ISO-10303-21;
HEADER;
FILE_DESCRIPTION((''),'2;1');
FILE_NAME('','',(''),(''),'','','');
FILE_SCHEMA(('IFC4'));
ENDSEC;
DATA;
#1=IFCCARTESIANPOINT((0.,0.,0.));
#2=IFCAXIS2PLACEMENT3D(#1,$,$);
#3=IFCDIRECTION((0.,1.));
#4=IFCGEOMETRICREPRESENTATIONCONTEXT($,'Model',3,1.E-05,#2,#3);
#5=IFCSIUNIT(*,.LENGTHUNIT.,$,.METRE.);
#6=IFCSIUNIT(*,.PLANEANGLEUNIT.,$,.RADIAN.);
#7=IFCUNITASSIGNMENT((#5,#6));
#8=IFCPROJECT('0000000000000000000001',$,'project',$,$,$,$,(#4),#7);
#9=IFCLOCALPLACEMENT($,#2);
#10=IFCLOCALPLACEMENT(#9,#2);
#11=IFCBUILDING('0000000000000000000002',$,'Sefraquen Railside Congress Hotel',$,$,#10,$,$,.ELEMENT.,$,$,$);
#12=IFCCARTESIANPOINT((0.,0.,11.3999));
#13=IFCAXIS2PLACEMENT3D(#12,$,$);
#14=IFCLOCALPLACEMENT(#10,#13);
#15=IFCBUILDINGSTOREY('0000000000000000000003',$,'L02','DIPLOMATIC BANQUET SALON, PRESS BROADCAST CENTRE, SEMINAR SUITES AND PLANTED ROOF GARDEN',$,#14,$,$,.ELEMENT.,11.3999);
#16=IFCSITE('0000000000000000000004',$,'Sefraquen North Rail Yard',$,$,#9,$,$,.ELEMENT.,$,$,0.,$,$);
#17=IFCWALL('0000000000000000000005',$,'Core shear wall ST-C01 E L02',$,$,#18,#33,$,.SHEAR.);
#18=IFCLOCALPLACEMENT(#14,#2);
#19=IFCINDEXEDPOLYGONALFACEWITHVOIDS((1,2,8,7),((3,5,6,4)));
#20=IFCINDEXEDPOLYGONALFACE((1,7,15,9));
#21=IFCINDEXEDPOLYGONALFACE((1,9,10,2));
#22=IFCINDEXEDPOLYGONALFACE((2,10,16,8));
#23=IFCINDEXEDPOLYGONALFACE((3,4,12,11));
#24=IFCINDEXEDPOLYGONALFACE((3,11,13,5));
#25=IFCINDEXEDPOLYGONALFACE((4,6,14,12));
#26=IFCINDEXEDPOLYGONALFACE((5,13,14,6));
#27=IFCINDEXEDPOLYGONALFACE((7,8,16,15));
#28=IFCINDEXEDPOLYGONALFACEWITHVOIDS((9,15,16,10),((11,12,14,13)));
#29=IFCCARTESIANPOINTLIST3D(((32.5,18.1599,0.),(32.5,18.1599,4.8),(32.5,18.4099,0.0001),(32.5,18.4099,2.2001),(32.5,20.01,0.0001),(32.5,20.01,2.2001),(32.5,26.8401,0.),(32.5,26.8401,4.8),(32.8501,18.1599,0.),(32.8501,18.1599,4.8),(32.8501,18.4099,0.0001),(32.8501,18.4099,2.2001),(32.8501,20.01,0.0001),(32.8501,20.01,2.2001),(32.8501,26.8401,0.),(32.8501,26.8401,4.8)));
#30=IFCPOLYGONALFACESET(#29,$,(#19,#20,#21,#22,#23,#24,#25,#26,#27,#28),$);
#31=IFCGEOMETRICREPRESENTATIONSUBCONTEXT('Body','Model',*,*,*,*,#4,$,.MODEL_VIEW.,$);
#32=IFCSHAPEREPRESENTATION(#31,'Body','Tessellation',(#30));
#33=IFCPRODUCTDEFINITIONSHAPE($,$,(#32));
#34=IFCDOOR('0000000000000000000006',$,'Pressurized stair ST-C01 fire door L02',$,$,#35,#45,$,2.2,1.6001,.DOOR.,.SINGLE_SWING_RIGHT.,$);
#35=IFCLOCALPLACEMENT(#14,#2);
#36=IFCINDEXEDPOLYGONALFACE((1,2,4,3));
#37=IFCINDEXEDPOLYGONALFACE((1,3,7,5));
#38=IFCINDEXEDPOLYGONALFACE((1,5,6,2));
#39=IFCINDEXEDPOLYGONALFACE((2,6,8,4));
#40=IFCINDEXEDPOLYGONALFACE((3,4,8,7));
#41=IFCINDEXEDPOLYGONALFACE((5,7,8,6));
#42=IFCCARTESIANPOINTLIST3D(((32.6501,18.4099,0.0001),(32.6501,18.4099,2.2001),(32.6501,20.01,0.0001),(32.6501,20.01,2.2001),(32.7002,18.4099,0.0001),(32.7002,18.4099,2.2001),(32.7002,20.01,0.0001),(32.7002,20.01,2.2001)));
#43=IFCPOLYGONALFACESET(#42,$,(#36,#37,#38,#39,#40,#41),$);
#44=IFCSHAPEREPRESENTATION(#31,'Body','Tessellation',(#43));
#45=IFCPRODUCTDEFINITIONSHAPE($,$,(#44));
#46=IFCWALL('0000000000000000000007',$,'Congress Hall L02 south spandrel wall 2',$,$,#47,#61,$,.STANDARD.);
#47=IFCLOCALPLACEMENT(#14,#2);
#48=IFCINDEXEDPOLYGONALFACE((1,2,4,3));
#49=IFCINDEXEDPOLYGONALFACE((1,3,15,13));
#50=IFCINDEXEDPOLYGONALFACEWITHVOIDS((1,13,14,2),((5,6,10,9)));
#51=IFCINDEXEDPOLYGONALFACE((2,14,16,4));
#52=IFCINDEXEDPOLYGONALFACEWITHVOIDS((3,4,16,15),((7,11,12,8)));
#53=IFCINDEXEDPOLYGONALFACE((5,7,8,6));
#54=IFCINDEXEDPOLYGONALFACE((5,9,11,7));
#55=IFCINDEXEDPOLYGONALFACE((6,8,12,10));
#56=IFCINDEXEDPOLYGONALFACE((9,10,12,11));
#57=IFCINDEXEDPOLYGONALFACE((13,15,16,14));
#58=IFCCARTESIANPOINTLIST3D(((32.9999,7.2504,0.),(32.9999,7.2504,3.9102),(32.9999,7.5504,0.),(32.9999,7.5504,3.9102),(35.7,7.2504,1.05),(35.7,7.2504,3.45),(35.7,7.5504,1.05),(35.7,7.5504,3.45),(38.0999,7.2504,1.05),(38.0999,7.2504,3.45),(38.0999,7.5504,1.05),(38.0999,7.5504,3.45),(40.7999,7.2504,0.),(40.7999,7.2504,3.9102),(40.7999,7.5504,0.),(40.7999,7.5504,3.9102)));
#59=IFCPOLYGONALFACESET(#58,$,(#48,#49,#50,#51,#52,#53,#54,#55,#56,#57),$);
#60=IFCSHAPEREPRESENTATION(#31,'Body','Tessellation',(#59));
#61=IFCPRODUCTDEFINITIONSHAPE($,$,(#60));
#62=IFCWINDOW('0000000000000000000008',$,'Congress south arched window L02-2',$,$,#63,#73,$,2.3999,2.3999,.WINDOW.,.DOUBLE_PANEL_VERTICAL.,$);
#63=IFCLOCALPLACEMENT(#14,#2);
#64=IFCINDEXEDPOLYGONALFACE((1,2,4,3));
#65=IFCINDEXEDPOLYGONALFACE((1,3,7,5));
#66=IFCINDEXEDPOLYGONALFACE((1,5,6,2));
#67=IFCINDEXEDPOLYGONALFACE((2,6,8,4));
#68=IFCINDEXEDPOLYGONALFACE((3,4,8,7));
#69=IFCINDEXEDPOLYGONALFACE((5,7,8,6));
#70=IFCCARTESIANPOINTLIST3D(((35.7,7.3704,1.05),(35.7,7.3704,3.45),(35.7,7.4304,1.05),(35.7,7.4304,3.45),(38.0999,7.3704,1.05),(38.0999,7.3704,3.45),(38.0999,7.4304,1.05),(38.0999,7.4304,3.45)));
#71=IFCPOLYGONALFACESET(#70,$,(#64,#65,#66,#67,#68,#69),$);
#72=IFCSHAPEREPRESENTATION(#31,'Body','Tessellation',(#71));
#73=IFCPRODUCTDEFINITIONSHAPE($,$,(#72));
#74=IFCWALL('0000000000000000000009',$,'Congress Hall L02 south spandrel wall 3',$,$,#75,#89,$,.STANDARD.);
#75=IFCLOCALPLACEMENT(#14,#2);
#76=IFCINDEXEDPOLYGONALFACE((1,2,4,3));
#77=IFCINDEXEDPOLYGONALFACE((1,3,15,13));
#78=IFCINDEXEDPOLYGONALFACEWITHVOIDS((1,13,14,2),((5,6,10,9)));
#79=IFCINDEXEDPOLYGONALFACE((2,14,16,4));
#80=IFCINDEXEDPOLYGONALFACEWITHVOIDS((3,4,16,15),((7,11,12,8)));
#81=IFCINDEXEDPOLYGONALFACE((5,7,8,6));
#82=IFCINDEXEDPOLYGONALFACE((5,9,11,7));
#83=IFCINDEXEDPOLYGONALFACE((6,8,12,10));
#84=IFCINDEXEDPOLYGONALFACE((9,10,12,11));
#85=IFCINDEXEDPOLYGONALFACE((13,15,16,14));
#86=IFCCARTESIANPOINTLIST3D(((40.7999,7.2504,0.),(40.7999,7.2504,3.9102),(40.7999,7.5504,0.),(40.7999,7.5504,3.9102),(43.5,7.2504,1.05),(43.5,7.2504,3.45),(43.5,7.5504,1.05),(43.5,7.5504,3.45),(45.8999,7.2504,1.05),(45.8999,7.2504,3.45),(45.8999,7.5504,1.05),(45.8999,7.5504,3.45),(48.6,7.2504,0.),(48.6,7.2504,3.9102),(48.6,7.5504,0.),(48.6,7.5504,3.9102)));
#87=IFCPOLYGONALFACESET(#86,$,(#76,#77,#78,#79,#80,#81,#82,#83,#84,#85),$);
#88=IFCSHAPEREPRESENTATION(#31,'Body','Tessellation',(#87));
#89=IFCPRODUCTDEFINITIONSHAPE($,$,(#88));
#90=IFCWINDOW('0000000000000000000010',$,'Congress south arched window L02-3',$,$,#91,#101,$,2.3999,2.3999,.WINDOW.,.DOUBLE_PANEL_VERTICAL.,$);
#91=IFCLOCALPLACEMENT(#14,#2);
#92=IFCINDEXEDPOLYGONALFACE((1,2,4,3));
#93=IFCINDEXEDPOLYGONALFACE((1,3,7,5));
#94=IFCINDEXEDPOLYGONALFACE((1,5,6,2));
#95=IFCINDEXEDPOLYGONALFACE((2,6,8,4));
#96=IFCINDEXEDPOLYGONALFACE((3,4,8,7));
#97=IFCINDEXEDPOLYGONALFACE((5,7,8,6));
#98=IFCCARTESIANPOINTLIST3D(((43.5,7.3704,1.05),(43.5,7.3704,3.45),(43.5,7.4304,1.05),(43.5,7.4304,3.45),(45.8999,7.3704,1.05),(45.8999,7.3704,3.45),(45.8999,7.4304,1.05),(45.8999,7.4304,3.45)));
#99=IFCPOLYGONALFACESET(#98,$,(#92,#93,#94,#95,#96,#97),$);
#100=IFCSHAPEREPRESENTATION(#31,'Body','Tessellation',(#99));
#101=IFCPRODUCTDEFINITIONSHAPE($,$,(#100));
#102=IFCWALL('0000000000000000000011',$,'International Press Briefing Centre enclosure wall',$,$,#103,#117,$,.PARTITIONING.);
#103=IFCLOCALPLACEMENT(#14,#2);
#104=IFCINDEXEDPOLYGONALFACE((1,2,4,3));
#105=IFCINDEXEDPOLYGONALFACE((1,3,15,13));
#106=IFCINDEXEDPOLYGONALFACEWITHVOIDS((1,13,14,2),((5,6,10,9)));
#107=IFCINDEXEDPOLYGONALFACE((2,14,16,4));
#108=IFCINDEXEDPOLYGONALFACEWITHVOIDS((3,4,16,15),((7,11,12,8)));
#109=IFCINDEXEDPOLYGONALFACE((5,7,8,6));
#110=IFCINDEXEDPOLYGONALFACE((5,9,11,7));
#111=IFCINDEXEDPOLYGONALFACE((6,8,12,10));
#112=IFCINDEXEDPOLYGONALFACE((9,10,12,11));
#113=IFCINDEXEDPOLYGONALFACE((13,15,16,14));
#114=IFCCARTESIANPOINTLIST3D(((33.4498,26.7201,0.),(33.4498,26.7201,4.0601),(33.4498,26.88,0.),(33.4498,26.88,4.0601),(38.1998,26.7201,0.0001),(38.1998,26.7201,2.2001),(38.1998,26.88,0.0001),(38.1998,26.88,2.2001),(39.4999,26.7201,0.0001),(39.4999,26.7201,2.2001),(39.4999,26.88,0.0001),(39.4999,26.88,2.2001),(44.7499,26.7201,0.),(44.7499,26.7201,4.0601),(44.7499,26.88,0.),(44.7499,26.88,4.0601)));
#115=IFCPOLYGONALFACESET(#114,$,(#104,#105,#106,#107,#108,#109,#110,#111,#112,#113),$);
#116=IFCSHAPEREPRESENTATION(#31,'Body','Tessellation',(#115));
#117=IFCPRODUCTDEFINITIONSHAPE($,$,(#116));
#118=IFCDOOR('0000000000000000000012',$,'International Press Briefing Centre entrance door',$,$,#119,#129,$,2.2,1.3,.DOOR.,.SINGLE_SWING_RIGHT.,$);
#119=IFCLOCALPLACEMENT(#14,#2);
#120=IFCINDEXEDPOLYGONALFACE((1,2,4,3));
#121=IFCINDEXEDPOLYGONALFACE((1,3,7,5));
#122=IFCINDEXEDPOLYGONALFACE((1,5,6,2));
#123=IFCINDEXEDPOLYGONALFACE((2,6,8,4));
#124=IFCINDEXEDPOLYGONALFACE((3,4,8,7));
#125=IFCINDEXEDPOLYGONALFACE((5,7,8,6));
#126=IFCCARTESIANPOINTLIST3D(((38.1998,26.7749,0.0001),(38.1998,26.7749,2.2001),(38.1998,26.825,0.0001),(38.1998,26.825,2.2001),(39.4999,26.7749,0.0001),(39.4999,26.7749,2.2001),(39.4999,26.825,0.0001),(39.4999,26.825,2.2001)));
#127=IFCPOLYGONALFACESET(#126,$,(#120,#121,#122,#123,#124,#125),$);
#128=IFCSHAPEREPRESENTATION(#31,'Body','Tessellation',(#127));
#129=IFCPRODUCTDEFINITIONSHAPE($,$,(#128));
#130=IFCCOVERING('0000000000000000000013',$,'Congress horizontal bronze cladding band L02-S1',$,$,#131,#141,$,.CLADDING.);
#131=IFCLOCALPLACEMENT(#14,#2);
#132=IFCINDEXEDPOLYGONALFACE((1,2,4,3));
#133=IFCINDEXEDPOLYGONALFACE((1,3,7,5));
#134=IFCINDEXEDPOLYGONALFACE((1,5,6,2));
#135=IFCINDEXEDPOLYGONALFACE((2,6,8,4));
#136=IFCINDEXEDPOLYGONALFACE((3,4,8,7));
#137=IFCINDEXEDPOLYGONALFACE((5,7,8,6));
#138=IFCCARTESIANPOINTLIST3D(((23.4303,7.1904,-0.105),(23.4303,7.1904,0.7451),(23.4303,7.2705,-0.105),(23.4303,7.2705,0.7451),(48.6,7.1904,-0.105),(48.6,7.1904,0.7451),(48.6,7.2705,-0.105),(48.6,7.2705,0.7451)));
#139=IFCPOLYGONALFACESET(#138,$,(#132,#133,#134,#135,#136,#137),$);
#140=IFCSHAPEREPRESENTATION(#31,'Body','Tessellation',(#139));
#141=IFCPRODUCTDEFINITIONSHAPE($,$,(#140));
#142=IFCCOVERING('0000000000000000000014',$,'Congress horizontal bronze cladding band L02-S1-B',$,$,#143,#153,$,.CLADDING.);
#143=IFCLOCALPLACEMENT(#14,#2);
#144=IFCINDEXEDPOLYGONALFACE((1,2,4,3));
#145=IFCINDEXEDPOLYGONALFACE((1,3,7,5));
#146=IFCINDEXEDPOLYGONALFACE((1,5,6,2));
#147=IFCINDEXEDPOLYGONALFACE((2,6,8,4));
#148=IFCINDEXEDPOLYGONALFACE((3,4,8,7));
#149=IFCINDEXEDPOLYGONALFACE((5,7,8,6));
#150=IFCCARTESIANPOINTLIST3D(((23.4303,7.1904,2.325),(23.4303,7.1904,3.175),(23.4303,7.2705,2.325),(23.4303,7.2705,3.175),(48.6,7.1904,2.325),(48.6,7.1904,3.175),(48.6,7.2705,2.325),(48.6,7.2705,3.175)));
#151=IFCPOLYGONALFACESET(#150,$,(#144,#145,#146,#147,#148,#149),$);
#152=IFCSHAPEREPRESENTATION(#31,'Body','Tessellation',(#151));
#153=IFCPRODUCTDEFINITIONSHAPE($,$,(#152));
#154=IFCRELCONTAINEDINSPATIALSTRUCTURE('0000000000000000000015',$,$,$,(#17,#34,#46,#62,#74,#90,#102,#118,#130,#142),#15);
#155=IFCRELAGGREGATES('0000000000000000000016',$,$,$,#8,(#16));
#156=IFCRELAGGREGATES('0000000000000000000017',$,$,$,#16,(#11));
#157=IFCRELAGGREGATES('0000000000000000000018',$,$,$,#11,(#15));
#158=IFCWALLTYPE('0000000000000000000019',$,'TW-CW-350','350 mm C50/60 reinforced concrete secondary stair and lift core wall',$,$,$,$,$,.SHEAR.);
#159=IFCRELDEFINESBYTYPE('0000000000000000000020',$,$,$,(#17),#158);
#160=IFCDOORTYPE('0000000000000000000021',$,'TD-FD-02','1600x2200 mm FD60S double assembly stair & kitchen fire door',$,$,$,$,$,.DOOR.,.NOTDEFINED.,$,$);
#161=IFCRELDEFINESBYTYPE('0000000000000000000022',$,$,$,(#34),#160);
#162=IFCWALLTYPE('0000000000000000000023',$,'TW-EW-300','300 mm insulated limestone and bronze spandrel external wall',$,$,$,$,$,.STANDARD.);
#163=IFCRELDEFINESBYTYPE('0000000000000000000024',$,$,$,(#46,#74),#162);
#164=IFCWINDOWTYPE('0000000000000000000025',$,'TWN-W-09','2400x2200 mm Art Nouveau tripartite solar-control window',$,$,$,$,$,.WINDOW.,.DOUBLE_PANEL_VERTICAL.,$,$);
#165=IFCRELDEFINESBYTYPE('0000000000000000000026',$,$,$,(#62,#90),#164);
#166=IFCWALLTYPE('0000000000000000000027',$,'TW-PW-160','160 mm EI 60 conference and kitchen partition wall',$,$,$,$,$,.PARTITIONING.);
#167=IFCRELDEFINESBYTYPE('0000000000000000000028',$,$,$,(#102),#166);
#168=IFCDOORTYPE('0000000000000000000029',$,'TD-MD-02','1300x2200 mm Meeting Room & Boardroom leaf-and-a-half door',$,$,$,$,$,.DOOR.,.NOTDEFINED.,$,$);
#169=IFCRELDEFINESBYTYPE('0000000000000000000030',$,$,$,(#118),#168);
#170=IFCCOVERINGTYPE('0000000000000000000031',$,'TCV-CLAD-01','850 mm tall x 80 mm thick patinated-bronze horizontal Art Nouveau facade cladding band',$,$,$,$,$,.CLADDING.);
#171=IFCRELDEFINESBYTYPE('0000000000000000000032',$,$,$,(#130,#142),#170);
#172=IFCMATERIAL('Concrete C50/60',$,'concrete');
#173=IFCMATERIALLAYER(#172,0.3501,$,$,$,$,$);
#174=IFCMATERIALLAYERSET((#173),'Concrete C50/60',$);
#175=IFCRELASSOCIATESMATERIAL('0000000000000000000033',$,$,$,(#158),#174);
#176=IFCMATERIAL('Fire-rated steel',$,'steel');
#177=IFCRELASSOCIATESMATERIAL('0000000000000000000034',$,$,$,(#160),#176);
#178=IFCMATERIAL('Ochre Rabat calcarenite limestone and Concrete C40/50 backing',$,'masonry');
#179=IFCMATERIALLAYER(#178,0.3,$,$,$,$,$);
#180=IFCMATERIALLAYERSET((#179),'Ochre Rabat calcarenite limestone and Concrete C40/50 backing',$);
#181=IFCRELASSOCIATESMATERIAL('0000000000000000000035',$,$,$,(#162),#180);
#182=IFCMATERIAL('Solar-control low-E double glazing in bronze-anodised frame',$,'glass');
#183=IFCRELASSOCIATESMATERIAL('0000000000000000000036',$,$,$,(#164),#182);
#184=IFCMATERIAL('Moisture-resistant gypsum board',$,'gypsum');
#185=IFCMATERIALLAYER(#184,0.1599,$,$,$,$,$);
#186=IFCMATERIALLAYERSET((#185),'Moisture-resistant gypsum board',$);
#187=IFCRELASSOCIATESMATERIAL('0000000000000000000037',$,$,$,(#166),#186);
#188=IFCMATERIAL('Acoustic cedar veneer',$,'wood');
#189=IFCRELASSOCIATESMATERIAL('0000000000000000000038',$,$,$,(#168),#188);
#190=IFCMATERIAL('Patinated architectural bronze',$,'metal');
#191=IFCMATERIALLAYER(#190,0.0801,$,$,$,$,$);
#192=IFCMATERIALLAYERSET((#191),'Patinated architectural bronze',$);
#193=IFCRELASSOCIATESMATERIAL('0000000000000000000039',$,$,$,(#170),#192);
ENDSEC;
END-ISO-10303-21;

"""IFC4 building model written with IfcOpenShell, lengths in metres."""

from ifc_helpers import new_model, si_unit, direction, frame, frame_2d, origin, origin_2d, place, context, subcontext, project, spatial, rectangle, extrude, material, layer, layer_set, type_object, element, fill, save


model = new_model("IFC4")

# Units and contexts
model_context = context("Model", 3, precision=1e-05, world=origin(), true_north=direction((0.0, 1.0)))
body_context = subcontext(model_context, "Body", "Model", "MODEL_VIEW")
ifc_project = project(units=[si_unit("LENGTHUNIT", "METRE"), si_unit("PLANEANGLEUNIT", "RADIAN")], contexts=[model_context])

# Site, building, storey
site_placement = place(None, origin())
site = spatial("IfcSite", under=ifc_project, at=site_placement, Name="Sefraquen North Rail Yard", CompositionType="ELEMENT", RefElevation=0.0)
building_placement = place(site_placement, origin())
building = spatial("IfcBuilding", under=site, at=building_placement, Name="Sefraquen Railside Congress Hotel", CompositionType="ELEMENT")
storey_placement = place(building_placement, frame((0.0, 0.0, 11.3999)))
storey = spatial("IfcBuildingStorey", under=building, at=storey_placement, Name="L02", Description="DIPLOMATIC BANQUET SALON, PRESS BROADCAST CENTRE, SEMINAR SUITES AND PLANTED ROOF GARDEN", CompositionType="ELEMENT", Elevation=11.3999)

# Shared definitions
ifc_material_1 = material(Name="Concrete C50/60", Category="concrete")
ifc_layer_1 = layer(ifc_material_1, 0.3501)
ifc_layer_set_1 = layer_set([ifc_layer_1], Name="Concrete C50/60")
wall_type_1 = type_object("IfcWallType", Name="TW-CW-350", Description="350 mm C50/60 reinforced concrete secondary stair and lift core wall", PredefinedType="SHEAR", material=ifc_layer_set_1)

# Wall, opening, door
wall_1_placement = place(storey_placement, frame((32.675, 18.1599, 0.0), z_axis=(0.0, 0.0, 1.0), x_axis=(0.0, 1.0, 0.0)))
wall_1 = element("IfcWall", 1, at=wall_1_placement, inside=storey, type_object=wall_type_1, Name="Core shear wall ST-C01 E L02", PredefinedType="SHEAR", context=body_context, shape_type="SweptSolid", body=[
    extrude(rectangle(XDim=8.6802, YDim=0.3501, at=frame_2d((4.3401, 0.0))), origin(), (0.0, 0.0, 1.0), 4.8),
])
opening_1_placement = place(wall_1_placement, frame((0.25, 0.0, 0.0)))
opening_1 = element("IfcOpeningElement", 2, at=opening_1_placement, cuts=wall_1, PredefinedType="OPENING", context=body_context, shape_type="SweptSolid", body=[
    extrude(rectangle(XDim=1.6001, YDim=2.2, at=frame_2d((0.8, 1.1001))), frame((0.0, 0.1851, 0.0), z_axis=(0.0, -1.0, 0.0), x_axis=(1.0, 0.0, 0.0)), (0.0, 0.0, 1.0), 0.3701),
])
ifc_material_2 = material(Name="Fire-rated steel", Category="steel")
door_type_1 = type_object("IfcDoorType", Name="TD-FD-02", Description="1600x2200 mm FD60S double assembly stair & kitchen fire door", OperationType="NOTDEFINED", PredefinedType="DOOR", material=ifc_material_2)
door_1_placement = place(opening_1_placement, origin())
door_1 = element("IfcDoor", 3, at=door_1_placement, inside=storey, type_object=door_type_1, Name="Pressurized stair ST-C01 fire door L02", OperationType="SINGLE_SWING_RIGHT", OverallHeight=2.2, OverallWidth=1.6001, PredefinedType="DOOR", context=body_context, shape_type="SweptSolid", body=[
    extrude(rectangle(XDim=1.6001, YDim=2.2, at=frame_2d((0.8, 1.1001))), frame((0.0, 0.0249, 0.0), z_axis=(0.0, -1.0, 0.0), x_axis=(1.0, 0.0, 0.0)), (0.0, 0.0, 1.0), 0.05),
])
fill(opening_1, door_1)

# Walls, openings, windows
ifc_material_3 = material(Name="Ochre Rabat calcarenite limestone and Concrete C40/50 backing", Category="masonry")
ifc_layer_2 = layer(ifc_material_3, 0.3)
ifc_layer_set_2 = layer_set([ifc_layer_2], Name="Ochre Rabat calcarenite limestone and Concrete C40/50 backing")
wall_type_2 = type_object("IfcWallType", Name="TW-EW-300", Description="300 mm insulated limestone and bronze spandrel external wall", PredefinedType="STANDARD", material=ifc_layer_set_2)
wall_2_placement = place(storey_placement, frame((33.0, 7.4004, 0.0), z_axis=(0.0, 0.0, 1.0), x_axis=(1.0, 0.0, 0.0)))
wall_2 = element("IfcWall", 4, at=wall_2_placement, inside=storey, type_object=wall_type_2, Name="Congress Hall L02 south spandrel wall 2", PredefinedType="STANDARD", context=body_context, shape_type="SweptSolid", body=[
    extrude(rectangle(XDim=7.8, YDim=0.3, at=frame_2d((3.8999, 0.0))), origin(), (0.0, 0.0, 1.0), 3.9102),
])
opening_2_placement = place(wall_2_placement, frame((2.7, 0.0, 1.05)))
opening_2 = element("IfcOpeningElement", 5, at=opening_2_placement, cuts=wall_2, PredefinedType="OPENING", context=body_context, shape_type="SweptSolid", body=[
    extrude(rectangle(XDim=2.3999, YDim=2.3999, at=frame_2d((1.2, 1.2))), frame((0.0, 0.1599, 0.0), z_axis=(0.0, -1.0, 0.0), x_axis=(1.0, 0.0, 0.0)), (0.0, 0.0, 1.0), 0.3201),
])
ifc_material_4 = material(Name="Solar-control low-E double glazing in bronze-anodised frame", Category="glass")
window_type = type_object("IfcWindowType", Name="TWN-W-09", Description="2400x2200 mm Art Nouveau tripartite solar-control window", PartitioningType="DOUBLE_PANEL_VERTICAL", PredefinedType="WINDOW", material=ifc_material_4)
window_1_placement = place(opening_2_placement, origin())
window_1 = element("IfcWindow", 6, at=window_1_placement, inside=storey, type_object=window_type, Name="Congress south arched window L02-2", OverallHeight=2.3999, OverallWidth=2.3999, PartitioningType="DOUBLE_PANEL_VERTICAL", PredefinedType="WINDOW", context=body_context, shape_type="SweptSolid", body=[
    extrude(rectangle(XDim=2.3999, YDim=2.3999, at=frame_2d((1.2, 1.2))), frame((0.0, 0.03, 0.0), z_axis=(0.0, -1.0, 0.0), x_axis=(1.0, 0.0, 0.0)), (0.0, 0.0, 1.0), 0.0601),
])
fill(opening_2, window_1)
wall_3_placement = place(storey_placement, frame((40.8, 7.4004, 0.0), z_axis=(0.0, 0.0, 1.0), x_axis=(1.0, 0.0, 0.0)))
wall_3 = element("IfcWall", 7, at=wall_3_placement, inside=storey, type_object=wall_type_2, Name="Congress Hall L02 south spandrel wall 3", PredefinedType="STANDARD", context=body_context, shape_type="SweptSolid", body=[
    extrude(rectangle(XDim=7.8, YDim=0.3, at=frame_2d((3.8999, 0.0))), origin(), (0.0, 0.0, 1.0), 3.9102),
])
opening_3_placement = place(wall_3_placement, frame((2.7, 0.0, 1.05)))
opening_3 = element("IfcOpeningElement", 8, at=opening_3_placement, cuts=wall_3, PredefinedType="OPENING", context=body_context, shape_type="SweptSolid", body=[
    extrude(rectangle(XDim=2.3999, YDim=2.3999, at=frame_2d((1.2, 1.2))), frame((0.0, 0.1599, 0.0), z_axis=(0.0, -1.0, 0.0), x_axis=(1.0, 0.0, 0.0)), (0.0, 0.0, 1.0), 0.3201),
])
window_2_placement = place(opening_3_placement, origin())
window_2 = element("IfcWindow", 9, at=window_2_placement, inside=storey, type_object=window_type, Name="Congress south arched window L02-3", OverallHeight=2.3999, OverallWidth=2.3999, PartitioningType="DOUBLE_PANEL_VERTICAL", PredefinedType="WINDOW", context=body_context, shape_type="SweptSolid", body=[
    extrude(rectangle(XDim=2.3999, YDim=2.3999, at=frame_2d((1.2, 1.2))), frame((0.0, 0.03, 0.0), z_axis=(0.0, -1.0, 0.0), x_axis=(1.0, 0.0, 0.0)), (0.0, 0.0, 1.0), 0.0601),
])
fill(opening_3, window_2)

# Wall, opening, door
ifc_material_5 = material(Name="Moisture-resistant gypsum board", Category="gypsum")
ifc_layer_3 = layer(ifc_material_5, 0.1599)
ifc_layer_set_3 = layer_set([ifc_layer_3], Name="Moisture-resistant gypsum board")
wall_type_3 = type_object("IfcWallType", Name="TW-PW-160", Description="160 mm EI 60 conference and kitchen partition wall", PredefinedType="PARTITIONING", material=ifc_layer_set_3)
wall_4_placement = place(storey_placement, frame((33.45, 26.8, 0.0), z_axis=(0.0, 0.0, 1.0), x_axis=(1.0, 0.0, 0.0)))
wall_4 = element("IfcWall", 10, at=wall_4_placement, inside=storey, type_object=wall_type_3, Name="International Press Briefing Centre enclosure wall", PredefinedType="PARTITIONING", context=body_context, shape_type="SweptSolid", body=[
    extrude(rectangle(XDim=11.3, YDim=0.1599, at=frame_2d((5.6499, 0.0))), origin(), (0.0, 0.0, 1.0), 4.0601),
])
opening_4_placement = place(wall_4_placement, frame((4.75, 0.0, 0.0)))
opening_4 = element("IfcOpeningElement", 11, at=opening_4_placement, cuts=wall_4, PredefinedType="OPENING", context=body_context, shape_type="SweptSolid", body=[
    extrude(rectangle(XDim=1.3, YDim=2.2, at=frame_2d((0.6499, 1.1001))), frame((0.0, 0.0898, 0.0), z_axis=(0.0, -1.0, 0.0), x_axis=(1.0, 0.0, 0.0)), (0.0, 0.0, 1.0), 0.1799),
])
ifc_material_6 = material(Name="Acoustic cedar veneer", Category="wood")
door_type_2 = type_object("IfcDoorType", Name="TD-MD-02", Description="1300x2200 mm Meeting Room & Boardroom leaf-and-a-half door", OperationType="NOTDEFINED", PredefinedType="DOOR", material=ifc_material_6)
door_2_placement = place(opening_4_placement, origin())
door_2 = element("IfcDoor", 12, at=door_2_placement, inside=storey, type_object=door_type_2, Name="International Press Briefing Centre entrance door", OperationType="SINGLE_SWING_RIGHT", OverallHeight=2.2, OverallWidth=1.3, PredefinedType="DOOR", context=body_context, shape_type="SweptSolid", body=[
    extrude(rectangle(XDim=1.3, YDim=2.2, at=frame_2d((0.6499, 1.1001))), frame((0.0, 0.0249, 0.0), z_axis=(0.0, -1.0, 0.0), x_axis=(1.0, 0.0, 0.0)), (0.0, 0.0, 1.0), 0.05),
])
fill(opening_4, door_2)

# Coverings
ifc_material_7 = material(Name="Patinated architectural bronze", Category="metal")
ifc_layer_4 = layer(ifc_material_7, 0.0801)
ifc_layer_set_4 = layer_set([ifc_layer_4], Name="Patinated architectural bronze")
covering_type = type_object("IfcCoveringType", Name="TCV-CLAD-01", Description="850 mm tall x 80 mm thick patinated-bronze horizontal Art Nouveau facade cladding band", PredefinedType="CLADDING", material=ifc_layer_set_4)
for number, where, z_axis, x_axis, name in (
    (13, (36.0151, 7.2305, -0.105), (0.0, 0.0, 1.0), (1.0, 0.0, 0.0), "Congress horizontal bronze cladding band L02-S1"),
    (14, (36.0151, 7.2305, 2.325), (0.0, 0.0, 1.0), (1.0, 0.0, 0.0), "Congress horizontal bronze cladding band L02-S1-B"),
):
    element("IfcCovering", number, at=place(storey_placement, frame(where, z_axis=z_axis, x_axis=x_axis)), inside=storey, type_object=covering_type, Name=name, PredefinedType="CLADDING", context=body_context, shape_type="SweptSolid", body=[
        extrude(rectangle(XDim=25.1697, YDim=0.0801, at=origin_2d()), origin(), (0.0, 0.0, 1.0), 0.8501),
    ])

save(model, "model.ifc")
